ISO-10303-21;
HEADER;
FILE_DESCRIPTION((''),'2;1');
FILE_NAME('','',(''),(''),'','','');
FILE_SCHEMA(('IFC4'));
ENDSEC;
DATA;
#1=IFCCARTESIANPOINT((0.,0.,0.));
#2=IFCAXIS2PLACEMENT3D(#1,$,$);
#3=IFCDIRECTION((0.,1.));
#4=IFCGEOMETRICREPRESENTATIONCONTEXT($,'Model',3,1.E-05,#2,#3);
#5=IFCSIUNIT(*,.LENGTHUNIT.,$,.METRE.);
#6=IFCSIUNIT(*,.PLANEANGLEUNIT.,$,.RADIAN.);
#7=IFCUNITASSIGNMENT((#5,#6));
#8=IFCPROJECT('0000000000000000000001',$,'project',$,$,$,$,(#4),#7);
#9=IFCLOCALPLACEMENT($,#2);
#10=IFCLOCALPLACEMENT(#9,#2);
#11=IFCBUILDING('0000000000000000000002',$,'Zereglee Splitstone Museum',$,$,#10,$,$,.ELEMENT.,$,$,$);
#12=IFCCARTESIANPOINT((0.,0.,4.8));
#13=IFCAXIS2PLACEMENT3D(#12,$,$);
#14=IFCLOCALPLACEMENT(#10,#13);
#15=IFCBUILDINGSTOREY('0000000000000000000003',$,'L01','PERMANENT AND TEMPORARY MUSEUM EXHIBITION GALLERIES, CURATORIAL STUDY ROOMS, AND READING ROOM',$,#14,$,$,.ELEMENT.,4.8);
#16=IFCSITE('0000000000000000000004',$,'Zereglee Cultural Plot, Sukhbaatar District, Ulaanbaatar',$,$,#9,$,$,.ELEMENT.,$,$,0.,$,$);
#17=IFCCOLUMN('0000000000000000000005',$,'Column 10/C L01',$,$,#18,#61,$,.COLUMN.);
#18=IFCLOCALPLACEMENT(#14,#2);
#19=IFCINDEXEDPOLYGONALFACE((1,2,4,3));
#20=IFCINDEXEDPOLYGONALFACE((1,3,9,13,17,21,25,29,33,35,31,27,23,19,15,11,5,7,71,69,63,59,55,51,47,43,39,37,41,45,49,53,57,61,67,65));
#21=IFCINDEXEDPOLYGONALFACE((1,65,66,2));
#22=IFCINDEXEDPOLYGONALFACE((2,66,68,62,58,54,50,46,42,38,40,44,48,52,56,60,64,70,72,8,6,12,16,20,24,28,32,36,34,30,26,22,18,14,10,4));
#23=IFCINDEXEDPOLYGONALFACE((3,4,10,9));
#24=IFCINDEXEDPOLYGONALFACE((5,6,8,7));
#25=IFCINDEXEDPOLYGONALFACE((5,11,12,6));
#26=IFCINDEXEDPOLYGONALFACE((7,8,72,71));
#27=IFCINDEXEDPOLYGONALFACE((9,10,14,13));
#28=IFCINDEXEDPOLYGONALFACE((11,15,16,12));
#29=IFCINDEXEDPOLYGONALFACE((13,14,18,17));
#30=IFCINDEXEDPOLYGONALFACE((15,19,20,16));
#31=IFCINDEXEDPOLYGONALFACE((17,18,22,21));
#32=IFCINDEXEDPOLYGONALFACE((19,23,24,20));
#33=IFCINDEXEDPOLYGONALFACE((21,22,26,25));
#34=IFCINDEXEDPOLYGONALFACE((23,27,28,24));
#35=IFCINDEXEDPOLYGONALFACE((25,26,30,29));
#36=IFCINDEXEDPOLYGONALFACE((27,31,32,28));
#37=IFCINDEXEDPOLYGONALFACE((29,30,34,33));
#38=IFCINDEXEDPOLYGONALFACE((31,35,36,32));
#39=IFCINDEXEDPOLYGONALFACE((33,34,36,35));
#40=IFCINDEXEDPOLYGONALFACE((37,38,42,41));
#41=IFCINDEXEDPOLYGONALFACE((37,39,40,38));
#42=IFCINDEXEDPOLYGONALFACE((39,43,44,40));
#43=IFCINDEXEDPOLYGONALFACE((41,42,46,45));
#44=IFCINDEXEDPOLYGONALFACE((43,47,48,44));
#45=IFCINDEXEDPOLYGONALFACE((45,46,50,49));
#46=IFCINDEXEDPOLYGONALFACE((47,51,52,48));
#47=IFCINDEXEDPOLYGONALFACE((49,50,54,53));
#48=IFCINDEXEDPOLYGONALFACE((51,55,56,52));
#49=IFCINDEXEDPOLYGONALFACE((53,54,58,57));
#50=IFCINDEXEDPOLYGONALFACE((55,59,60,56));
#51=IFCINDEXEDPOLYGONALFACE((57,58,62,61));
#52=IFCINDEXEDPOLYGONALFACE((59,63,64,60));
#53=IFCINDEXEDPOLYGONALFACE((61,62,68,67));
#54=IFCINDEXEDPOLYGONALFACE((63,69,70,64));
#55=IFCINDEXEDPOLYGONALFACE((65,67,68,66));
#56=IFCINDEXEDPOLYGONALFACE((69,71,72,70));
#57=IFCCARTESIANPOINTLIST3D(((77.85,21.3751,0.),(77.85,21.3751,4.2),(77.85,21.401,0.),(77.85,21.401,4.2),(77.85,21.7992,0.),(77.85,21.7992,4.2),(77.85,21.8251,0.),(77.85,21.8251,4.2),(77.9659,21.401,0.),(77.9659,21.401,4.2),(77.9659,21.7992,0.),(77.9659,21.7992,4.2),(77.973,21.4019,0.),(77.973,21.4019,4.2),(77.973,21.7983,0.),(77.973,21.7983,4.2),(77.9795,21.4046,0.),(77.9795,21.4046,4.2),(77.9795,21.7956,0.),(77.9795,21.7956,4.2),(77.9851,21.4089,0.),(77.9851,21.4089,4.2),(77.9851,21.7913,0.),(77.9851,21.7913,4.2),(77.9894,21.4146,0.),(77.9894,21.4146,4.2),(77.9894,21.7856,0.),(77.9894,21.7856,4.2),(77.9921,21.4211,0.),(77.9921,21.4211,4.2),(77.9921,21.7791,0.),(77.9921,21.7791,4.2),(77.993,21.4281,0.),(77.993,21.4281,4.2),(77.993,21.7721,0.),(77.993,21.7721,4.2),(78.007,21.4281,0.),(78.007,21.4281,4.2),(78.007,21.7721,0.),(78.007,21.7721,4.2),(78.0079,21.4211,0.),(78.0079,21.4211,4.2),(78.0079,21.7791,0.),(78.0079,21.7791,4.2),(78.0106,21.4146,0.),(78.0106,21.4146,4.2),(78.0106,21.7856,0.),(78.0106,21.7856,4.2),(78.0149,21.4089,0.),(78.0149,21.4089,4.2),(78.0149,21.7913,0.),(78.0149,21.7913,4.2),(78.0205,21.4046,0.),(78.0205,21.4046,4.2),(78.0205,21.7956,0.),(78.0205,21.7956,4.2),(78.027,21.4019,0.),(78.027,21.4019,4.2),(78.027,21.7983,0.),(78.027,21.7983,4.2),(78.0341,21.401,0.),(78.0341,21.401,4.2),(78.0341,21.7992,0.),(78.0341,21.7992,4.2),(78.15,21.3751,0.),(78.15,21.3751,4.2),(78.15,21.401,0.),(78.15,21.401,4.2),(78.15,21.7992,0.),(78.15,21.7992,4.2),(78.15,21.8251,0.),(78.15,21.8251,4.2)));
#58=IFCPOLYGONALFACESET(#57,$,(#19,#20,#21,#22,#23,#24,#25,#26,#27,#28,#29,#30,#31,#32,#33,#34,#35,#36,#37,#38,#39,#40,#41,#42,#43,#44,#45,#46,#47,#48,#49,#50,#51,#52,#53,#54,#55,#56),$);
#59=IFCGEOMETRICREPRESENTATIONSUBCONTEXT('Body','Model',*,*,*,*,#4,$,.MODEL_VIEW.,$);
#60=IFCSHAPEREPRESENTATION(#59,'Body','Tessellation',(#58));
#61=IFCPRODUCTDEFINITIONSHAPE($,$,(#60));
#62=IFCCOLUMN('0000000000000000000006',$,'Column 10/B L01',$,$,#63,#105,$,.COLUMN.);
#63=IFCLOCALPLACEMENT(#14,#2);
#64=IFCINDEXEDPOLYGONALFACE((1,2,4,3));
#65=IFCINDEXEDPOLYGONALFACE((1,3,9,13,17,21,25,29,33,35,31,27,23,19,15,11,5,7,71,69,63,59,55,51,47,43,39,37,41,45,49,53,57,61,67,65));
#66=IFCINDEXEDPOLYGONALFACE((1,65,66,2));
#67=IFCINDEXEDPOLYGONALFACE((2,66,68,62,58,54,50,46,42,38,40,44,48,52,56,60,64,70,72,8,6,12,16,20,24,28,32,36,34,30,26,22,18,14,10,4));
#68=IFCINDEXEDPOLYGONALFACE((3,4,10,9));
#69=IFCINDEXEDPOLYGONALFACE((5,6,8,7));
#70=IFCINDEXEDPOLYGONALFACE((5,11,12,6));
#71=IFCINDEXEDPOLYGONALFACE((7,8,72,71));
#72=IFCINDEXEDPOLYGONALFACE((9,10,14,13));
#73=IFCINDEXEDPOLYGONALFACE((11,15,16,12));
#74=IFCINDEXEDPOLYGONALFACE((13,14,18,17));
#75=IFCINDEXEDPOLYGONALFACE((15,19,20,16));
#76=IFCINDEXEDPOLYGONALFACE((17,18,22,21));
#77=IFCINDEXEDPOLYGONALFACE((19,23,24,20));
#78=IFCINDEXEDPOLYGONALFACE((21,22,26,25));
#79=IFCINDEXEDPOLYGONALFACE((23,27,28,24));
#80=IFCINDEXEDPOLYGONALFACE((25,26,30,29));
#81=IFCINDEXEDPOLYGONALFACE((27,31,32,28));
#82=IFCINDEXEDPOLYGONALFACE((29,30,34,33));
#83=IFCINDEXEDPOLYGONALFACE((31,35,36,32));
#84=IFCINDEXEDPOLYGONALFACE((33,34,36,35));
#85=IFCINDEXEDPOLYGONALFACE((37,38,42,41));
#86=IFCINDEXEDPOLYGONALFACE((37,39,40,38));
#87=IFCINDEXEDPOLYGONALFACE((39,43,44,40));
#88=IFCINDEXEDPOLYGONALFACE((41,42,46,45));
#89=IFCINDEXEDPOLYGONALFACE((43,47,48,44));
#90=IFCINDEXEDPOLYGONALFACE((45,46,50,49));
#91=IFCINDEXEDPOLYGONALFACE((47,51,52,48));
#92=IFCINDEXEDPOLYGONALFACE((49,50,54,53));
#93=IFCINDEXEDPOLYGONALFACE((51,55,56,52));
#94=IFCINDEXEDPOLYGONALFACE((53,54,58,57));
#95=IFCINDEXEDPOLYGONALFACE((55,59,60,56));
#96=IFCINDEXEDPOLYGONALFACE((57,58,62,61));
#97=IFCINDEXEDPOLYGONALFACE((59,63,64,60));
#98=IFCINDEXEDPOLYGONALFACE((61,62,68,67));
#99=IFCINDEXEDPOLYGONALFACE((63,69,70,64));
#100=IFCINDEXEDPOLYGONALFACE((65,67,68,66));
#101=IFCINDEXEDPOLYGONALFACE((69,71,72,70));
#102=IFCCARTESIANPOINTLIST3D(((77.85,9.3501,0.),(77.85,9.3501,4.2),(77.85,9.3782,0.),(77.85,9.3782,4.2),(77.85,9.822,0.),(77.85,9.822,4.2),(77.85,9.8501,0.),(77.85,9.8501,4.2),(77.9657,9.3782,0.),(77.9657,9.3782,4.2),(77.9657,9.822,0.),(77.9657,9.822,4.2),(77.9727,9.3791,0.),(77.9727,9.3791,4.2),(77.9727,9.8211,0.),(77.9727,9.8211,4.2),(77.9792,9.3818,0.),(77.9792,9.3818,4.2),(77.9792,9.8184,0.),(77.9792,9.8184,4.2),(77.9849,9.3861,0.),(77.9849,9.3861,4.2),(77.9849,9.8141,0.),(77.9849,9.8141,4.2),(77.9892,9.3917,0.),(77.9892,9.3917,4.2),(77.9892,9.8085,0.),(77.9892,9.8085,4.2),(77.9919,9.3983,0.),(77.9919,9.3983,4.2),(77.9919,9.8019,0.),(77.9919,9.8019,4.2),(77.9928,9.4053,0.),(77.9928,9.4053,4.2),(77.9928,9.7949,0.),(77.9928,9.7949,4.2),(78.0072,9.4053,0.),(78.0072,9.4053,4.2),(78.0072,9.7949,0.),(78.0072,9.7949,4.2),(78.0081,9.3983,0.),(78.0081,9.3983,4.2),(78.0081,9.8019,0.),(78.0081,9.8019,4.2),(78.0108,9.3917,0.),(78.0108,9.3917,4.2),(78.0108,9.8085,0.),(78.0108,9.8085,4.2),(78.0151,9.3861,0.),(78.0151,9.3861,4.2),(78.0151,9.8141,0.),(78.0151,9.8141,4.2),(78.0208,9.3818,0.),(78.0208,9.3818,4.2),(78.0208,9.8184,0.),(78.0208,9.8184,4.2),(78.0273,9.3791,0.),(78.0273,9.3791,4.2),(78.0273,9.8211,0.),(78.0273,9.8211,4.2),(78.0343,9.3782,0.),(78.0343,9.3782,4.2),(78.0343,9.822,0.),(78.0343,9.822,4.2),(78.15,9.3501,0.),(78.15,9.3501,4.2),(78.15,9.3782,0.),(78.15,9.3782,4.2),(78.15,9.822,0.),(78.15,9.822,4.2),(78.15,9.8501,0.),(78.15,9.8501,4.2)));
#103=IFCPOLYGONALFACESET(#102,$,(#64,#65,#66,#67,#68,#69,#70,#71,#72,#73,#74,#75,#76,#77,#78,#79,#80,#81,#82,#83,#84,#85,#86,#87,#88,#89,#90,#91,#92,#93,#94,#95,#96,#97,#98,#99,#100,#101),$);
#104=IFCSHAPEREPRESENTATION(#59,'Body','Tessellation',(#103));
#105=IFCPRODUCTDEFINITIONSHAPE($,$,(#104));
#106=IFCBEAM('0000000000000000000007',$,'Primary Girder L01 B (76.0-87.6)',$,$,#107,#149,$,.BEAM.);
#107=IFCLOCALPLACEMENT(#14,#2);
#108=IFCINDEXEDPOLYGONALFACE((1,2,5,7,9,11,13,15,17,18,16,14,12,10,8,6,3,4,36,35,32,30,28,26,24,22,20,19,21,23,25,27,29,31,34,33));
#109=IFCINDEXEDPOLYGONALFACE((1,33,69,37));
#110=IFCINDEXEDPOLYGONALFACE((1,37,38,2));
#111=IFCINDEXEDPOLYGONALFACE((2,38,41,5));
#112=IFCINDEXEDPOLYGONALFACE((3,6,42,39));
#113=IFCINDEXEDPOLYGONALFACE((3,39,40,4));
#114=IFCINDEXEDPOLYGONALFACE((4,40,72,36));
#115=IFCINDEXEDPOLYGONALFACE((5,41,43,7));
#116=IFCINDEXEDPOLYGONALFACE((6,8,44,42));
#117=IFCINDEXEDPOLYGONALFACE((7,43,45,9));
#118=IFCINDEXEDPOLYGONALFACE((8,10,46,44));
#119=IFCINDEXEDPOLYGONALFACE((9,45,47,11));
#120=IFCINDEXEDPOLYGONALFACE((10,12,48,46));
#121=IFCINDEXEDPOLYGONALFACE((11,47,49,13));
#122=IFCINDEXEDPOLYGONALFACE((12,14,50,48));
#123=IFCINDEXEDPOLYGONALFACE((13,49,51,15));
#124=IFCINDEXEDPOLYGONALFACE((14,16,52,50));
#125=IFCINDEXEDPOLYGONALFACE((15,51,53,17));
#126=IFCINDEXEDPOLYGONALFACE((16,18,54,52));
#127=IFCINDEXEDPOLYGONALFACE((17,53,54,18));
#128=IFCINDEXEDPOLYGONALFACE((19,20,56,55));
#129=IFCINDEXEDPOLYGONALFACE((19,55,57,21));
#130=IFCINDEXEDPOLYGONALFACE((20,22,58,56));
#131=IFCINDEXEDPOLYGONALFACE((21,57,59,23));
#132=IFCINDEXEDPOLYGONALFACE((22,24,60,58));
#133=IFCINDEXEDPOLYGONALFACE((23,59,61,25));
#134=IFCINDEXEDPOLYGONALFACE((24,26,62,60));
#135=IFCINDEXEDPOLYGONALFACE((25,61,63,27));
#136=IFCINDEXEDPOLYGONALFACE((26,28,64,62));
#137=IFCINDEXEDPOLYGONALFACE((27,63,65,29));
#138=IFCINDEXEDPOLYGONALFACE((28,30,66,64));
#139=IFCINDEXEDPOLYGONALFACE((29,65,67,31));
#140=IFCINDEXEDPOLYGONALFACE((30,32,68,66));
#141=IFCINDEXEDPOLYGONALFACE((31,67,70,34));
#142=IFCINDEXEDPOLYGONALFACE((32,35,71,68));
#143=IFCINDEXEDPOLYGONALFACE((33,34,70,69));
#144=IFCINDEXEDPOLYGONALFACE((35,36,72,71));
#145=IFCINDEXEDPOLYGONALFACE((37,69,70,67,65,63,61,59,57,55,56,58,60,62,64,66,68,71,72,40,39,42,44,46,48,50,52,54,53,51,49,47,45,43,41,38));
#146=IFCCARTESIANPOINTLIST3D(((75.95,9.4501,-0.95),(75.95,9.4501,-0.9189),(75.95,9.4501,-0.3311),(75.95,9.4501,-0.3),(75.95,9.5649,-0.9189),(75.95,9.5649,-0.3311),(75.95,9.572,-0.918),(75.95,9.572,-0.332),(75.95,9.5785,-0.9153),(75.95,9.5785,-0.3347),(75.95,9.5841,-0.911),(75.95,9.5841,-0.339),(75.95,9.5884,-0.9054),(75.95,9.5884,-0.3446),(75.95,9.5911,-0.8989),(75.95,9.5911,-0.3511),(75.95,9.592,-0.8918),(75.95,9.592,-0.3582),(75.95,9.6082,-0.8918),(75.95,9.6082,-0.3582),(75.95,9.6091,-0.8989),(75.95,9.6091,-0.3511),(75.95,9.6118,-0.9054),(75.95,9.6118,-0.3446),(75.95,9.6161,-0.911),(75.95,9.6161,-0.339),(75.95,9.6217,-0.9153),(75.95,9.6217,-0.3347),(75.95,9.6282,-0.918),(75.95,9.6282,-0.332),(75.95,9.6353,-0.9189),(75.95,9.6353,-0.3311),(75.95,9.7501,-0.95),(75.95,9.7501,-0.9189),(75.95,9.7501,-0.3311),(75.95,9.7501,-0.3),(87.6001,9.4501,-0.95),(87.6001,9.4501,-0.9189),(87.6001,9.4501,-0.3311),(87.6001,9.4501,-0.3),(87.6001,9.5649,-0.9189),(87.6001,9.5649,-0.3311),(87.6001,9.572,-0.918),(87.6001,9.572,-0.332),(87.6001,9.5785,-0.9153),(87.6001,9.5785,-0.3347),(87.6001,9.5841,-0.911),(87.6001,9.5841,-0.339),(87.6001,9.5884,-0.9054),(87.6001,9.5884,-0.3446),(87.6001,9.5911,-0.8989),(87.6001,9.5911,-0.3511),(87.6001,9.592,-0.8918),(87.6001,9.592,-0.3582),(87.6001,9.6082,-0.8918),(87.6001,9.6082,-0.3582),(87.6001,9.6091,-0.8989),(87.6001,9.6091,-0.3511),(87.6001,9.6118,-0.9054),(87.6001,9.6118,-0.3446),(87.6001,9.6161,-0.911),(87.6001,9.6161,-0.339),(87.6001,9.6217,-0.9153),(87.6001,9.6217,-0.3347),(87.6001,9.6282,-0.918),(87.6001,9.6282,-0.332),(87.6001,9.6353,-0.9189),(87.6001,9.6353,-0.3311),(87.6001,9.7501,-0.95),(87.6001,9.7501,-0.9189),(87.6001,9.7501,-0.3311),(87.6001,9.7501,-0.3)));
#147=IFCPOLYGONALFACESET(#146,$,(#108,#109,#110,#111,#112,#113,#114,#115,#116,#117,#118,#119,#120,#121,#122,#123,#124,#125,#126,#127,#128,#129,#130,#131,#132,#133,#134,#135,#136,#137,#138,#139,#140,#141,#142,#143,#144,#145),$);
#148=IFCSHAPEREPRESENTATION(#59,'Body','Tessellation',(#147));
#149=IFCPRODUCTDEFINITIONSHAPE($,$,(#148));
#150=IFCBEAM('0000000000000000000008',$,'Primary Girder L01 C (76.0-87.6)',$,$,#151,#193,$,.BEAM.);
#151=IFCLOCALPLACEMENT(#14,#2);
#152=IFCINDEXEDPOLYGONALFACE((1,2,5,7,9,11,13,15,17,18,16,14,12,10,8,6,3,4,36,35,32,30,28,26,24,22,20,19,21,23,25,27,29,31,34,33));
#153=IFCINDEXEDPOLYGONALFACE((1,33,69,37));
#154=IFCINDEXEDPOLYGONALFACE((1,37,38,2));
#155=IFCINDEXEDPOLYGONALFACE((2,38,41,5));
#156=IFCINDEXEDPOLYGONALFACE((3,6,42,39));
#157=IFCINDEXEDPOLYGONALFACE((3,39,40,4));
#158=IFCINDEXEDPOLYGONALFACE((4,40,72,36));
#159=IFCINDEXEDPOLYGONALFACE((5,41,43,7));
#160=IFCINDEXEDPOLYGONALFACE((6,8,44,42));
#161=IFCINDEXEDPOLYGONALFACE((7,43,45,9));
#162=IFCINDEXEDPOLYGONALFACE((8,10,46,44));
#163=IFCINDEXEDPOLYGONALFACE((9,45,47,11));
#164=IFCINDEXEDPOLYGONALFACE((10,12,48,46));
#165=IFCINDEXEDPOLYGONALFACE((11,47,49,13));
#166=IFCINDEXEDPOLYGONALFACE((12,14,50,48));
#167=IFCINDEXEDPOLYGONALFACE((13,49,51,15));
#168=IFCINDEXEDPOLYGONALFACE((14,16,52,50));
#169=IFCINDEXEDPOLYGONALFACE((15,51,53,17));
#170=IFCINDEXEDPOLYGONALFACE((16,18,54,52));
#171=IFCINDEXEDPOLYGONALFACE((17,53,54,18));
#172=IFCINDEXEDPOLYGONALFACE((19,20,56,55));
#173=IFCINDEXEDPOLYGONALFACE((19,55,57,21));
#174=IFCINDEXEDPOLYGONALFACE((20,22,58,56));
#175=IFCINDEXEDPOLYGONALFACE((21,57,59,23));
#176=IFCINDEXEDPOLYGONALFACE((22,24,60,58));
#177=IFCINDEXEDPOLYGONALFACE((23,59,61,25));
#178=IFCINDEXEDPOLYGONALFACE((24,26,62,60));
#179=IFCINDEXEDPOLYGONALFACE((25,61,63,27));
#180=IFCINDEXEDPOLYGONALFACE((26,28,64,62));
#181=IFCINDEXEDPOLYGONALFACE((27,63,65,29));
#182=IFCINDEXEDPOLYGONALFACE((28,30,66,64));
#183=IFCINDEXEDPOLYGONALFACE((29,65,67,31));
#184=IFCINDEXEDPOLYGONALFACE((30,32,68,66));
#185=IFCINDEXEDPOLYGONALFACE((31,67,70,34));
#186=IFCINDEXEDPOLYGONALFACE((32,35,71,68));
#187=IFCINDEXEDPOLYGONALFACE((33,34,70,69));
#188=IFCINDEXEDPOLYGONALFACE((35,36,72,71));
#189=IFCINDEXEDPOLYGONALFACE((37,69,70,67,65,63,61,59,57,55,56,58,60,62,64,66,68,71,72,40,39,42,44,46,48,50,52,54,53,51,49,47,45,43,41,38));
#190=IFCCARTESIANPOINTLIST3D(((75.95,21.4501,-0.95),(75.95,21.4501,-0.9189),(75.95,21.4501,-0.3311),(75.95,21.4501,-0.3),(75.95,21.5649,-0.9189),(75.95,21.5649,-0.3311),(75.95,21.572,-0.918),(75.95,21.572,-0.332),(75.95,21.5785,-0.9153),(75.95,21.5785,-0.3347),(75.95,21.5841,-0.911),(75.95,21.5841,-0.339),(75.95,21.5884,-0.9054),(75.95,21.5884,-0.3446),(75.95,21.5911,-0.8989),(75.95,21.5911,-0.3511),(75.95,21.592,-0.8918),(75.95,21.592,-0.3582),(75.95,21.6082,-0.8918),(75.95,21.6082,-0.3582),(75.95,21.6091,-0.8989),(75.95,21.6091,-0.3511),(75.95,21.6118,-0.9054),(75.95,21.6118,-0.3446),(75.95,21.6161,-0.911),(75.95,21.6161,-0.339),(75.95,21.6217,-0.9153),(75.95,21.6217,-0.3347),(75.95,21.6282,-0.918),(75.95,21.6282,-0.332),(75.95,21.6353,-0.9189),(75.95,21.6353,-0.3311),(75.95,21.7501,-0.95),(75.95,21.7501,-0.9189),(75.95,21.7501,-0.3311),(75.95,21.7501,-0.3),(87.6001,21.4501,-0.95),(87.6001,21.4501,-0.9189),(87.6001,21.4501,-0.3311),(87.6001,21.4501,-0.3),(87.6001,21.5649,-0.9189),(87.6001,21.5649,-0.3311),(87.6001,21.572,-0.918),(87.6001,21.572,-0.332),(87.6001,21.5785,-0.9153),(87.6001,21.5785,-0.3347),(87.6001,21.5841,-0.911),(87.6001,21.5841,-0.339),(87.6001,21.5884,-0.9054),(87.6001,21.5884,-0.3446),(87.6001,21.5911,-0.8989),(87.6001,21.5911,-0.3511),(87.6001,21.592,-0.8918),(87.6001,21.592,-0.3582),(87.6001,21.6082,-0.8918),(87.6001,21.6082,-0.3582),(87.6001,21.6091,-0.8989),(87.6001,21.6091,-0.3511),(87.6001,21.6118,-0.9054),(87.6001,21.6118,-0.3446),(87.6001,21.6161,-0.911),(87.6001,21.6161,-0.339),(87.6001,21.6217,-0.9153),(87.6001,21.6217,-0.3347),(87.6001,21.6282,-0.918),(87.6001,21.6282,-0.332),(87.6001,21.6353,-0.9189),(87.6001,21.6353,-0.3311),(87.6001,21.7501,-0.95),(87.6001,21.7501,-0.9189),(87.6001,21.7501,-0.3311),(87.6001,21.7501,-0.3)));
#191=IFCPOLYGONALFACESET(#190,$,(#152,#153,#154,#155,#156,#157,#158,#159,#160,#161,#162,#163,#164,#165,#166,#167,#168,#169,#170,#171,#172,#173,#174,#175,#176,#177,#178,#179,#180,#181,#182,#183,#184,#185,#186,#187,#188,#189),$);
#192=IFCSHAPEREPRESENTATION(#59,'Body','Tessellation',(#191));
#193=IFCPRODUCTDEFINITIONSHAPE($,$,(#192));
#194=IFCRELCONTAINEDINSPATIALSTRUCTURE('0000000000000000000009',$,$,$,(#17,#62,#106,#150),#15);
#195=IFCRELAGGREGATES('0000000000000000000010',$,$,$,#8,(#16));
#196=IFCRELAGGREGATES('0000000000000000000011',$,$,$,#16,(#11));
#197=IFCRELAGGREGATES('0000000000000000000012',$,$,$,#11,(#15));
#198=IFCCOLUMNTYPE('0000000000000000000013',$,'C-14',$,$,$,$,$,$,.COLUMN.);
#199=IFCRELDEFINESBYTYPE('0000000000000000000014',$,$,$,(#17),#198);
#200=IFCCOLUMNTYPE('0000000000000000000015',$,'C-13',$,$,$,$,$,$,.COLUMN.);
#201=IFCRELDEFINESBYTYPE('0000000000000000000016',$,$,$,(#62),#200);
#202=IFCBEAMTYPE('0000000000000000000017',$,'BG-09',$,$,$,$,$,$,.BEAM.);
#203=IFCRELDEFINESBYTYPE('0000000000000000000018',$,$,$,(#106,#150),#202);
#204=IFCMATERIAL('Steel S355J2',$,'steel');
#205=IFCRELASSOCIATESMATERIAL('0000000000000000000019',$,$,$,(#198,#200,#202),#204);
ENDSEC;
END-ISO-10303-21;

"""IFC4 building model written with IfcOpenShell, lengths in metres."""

from ifc_helpers import new_model, si_unit, direction, frame, origin, origin_2d, place, context, subcontext, project, spatial, i_section, extrude, material, material_profile, profile_set, type_object, element, save


model = new_model("IFC4")

# Units and contexts
model_context = context("Model", 3, precision=1e-05, world=origin(), true_north=direction((0.0, 1.0)))
body_context = subcontext(model_context, "Body", "Model", "MODEL_VIEW")
ifc_project = project(units=[si_unit("LENGTHUNIT", "METRE"), si_unit("PLANEANGLEUNIT", "RADIAN")], contexts=[model_context])

# Site, building, storey
site_placement = place(None, origin())
site = spatial("IfcSite", under=ifc_project, at=site_placement, Name="Zereglee Cultural Plot, Sukhbaatar District, Ulaanbaatar", CompositionType="ELEMENT", RefElevation=0.0)
building_placement = place(site_placement, origin())
building = spatial("IfcBuilding", under=site, at=building_placement, Name="Zereglee Splitstone Museum", CompositionType="ELEMENT")
storey_placement = place(building_placement, frame((0.0, 0.0, 4.8)))
storey = spatial("IfcBuildingStorey", under=building, at=storey_placement, Name="L01", Description="PERMANENT AND TEMPORARY MUSEUM EXHIBITION GALLERIES, CURATORIAL STUDY ROOMS, AND READING ROOM", CompositionType="ELEMENT", Elevation=4.8)

# Columns
ifc_material_1 = material(Name="Steel S355J2", Category="steel")
ifc_material_profile_1 = material_profile(ifc_material_1, i_section(OverallWidth=0.3, OverallDepth=0.45, WebThickness=0.0139, FlangeThickness=0.0259, FilletRadius=0.0271, at=origin_2d()), Name="HE 450 B")
ifc_profile_set_1 = profile_set([ifc_material_profile_1], Name="Steel S355J2")
column_type_1 = type_object("IfcColumnType", Name="C-14", PredefinedType="COLUMN", material=ifc_profile_set_1)
column_1_placement = place(storey_placement, frame((78.0, 21.6001, 0.0), z_axis=(0.0, 0.0, 1.0), x_axis=(1.0, 0.0, 0.0)))
element("IfcColumn", 1, at=column_1_placement, inside=storey, type_object=column_type_1, Name="Column 10/C L01", PredefinedType="COLUMN", context=body_context, shape_type="SweptSolid", body=[
    extrude(i_section(OverallWidth=0.3, OverallDepth=0.45, WebThickness=0.0139, FlangeThickness=0.0259, FilletRadius=0.0271, at=origin_2d()), origin(), (0.0, 0.0, 1.0), 4.2),
])
ifc_material_profile_2 = material_profile(ifc_material_1, i_section(OverallWidth=0.3, OverallDepth=0.5, WebThickness=0.0144, FlangeThickness=0.0281, FilletRadius=0.0271, at=origin_2d()), Name="HE 500 B")
ifc_profile_set_2 = profile_set([ifc_material_profile_2], Name="Steel S355J2")
column_type_2 = type_object("IfcColumnType", Name="C-13", PredefinedType="COLUMN", material=ifc_profile_set_2)
column_2_placement = place(storey_placement, frame((78.0, 9.6001, 0.0), z_axis=(0.0, 0.0, 1.0), x_axis=(1.0, 0.0, 0.0)))
element("IfcColumn", 2, at=column_2_placement, inside=storey, type_object=column_type_2, Name="Column 10/B L01", PredefinedType="COLUMN", context=body_context, shape_type="SweptSolid", body=[
    extrude(i_section(OverallWidth=0.3, OverallDepth=0.5, WebThickness=0.0144, FlangeThickness=0.0281, FilletRadius=0.0271, at=origin_2d()), origin(), (0.0, 0.0, 1.0), 4.2),
])

# Beams
ifc_material_profile_3 = material_profile(ifc_material_1, i_section(OverallWidth=0.3, OverallDepth=0.6499, WebThickness=0.0161, FlangeThickness=0.031, FilletRadius=0.0271, at=origin_2d()), Name="HE 650 B")
ifc_profile_set_3 = profile_set([ifc_material_profile_3], Name="Steel S355J2")
beam_type_1 = type_object("IfcBeamType", Name="BG-09", PredefinedType="BEAM", material=ifc_profile_set_3)
for number, where, z_axis, x_axis, name in (
    (3, (75.95, 9.6001, -0.625), (1.0, 0.0, 0.0), (0.0, 1.0, 0.0), "Primary Girder L01 B (76.0-87.6)"),
    (4, (75.95, 21.6001, -0.625), (1.0, 0.0, 0.0), (0.0, 1.0, 0.0), "Primary Girder L01 C (76.0-87.6)"),
):
    element("IfcBeam", number, at=place(storey_placement, frame(where, z_axis=z_axis, x_axis=x_axis)), inside=storey, type_object=beam_type_1, Name=name, PredefinedType="BEAM", context=body_context, shape_type="SweptSolid", body=[
        extrude(i_section(OverallWidth=0.3, OverallDepth=0.6499, WebThickness=0.0161, FlangeThickness=0.031, FilletRadius=0.0271, at=origin_2d()), origin(), (0.0, 0.0, 1.0), 11.6501),
    ])

save(model, "model.ifc")
